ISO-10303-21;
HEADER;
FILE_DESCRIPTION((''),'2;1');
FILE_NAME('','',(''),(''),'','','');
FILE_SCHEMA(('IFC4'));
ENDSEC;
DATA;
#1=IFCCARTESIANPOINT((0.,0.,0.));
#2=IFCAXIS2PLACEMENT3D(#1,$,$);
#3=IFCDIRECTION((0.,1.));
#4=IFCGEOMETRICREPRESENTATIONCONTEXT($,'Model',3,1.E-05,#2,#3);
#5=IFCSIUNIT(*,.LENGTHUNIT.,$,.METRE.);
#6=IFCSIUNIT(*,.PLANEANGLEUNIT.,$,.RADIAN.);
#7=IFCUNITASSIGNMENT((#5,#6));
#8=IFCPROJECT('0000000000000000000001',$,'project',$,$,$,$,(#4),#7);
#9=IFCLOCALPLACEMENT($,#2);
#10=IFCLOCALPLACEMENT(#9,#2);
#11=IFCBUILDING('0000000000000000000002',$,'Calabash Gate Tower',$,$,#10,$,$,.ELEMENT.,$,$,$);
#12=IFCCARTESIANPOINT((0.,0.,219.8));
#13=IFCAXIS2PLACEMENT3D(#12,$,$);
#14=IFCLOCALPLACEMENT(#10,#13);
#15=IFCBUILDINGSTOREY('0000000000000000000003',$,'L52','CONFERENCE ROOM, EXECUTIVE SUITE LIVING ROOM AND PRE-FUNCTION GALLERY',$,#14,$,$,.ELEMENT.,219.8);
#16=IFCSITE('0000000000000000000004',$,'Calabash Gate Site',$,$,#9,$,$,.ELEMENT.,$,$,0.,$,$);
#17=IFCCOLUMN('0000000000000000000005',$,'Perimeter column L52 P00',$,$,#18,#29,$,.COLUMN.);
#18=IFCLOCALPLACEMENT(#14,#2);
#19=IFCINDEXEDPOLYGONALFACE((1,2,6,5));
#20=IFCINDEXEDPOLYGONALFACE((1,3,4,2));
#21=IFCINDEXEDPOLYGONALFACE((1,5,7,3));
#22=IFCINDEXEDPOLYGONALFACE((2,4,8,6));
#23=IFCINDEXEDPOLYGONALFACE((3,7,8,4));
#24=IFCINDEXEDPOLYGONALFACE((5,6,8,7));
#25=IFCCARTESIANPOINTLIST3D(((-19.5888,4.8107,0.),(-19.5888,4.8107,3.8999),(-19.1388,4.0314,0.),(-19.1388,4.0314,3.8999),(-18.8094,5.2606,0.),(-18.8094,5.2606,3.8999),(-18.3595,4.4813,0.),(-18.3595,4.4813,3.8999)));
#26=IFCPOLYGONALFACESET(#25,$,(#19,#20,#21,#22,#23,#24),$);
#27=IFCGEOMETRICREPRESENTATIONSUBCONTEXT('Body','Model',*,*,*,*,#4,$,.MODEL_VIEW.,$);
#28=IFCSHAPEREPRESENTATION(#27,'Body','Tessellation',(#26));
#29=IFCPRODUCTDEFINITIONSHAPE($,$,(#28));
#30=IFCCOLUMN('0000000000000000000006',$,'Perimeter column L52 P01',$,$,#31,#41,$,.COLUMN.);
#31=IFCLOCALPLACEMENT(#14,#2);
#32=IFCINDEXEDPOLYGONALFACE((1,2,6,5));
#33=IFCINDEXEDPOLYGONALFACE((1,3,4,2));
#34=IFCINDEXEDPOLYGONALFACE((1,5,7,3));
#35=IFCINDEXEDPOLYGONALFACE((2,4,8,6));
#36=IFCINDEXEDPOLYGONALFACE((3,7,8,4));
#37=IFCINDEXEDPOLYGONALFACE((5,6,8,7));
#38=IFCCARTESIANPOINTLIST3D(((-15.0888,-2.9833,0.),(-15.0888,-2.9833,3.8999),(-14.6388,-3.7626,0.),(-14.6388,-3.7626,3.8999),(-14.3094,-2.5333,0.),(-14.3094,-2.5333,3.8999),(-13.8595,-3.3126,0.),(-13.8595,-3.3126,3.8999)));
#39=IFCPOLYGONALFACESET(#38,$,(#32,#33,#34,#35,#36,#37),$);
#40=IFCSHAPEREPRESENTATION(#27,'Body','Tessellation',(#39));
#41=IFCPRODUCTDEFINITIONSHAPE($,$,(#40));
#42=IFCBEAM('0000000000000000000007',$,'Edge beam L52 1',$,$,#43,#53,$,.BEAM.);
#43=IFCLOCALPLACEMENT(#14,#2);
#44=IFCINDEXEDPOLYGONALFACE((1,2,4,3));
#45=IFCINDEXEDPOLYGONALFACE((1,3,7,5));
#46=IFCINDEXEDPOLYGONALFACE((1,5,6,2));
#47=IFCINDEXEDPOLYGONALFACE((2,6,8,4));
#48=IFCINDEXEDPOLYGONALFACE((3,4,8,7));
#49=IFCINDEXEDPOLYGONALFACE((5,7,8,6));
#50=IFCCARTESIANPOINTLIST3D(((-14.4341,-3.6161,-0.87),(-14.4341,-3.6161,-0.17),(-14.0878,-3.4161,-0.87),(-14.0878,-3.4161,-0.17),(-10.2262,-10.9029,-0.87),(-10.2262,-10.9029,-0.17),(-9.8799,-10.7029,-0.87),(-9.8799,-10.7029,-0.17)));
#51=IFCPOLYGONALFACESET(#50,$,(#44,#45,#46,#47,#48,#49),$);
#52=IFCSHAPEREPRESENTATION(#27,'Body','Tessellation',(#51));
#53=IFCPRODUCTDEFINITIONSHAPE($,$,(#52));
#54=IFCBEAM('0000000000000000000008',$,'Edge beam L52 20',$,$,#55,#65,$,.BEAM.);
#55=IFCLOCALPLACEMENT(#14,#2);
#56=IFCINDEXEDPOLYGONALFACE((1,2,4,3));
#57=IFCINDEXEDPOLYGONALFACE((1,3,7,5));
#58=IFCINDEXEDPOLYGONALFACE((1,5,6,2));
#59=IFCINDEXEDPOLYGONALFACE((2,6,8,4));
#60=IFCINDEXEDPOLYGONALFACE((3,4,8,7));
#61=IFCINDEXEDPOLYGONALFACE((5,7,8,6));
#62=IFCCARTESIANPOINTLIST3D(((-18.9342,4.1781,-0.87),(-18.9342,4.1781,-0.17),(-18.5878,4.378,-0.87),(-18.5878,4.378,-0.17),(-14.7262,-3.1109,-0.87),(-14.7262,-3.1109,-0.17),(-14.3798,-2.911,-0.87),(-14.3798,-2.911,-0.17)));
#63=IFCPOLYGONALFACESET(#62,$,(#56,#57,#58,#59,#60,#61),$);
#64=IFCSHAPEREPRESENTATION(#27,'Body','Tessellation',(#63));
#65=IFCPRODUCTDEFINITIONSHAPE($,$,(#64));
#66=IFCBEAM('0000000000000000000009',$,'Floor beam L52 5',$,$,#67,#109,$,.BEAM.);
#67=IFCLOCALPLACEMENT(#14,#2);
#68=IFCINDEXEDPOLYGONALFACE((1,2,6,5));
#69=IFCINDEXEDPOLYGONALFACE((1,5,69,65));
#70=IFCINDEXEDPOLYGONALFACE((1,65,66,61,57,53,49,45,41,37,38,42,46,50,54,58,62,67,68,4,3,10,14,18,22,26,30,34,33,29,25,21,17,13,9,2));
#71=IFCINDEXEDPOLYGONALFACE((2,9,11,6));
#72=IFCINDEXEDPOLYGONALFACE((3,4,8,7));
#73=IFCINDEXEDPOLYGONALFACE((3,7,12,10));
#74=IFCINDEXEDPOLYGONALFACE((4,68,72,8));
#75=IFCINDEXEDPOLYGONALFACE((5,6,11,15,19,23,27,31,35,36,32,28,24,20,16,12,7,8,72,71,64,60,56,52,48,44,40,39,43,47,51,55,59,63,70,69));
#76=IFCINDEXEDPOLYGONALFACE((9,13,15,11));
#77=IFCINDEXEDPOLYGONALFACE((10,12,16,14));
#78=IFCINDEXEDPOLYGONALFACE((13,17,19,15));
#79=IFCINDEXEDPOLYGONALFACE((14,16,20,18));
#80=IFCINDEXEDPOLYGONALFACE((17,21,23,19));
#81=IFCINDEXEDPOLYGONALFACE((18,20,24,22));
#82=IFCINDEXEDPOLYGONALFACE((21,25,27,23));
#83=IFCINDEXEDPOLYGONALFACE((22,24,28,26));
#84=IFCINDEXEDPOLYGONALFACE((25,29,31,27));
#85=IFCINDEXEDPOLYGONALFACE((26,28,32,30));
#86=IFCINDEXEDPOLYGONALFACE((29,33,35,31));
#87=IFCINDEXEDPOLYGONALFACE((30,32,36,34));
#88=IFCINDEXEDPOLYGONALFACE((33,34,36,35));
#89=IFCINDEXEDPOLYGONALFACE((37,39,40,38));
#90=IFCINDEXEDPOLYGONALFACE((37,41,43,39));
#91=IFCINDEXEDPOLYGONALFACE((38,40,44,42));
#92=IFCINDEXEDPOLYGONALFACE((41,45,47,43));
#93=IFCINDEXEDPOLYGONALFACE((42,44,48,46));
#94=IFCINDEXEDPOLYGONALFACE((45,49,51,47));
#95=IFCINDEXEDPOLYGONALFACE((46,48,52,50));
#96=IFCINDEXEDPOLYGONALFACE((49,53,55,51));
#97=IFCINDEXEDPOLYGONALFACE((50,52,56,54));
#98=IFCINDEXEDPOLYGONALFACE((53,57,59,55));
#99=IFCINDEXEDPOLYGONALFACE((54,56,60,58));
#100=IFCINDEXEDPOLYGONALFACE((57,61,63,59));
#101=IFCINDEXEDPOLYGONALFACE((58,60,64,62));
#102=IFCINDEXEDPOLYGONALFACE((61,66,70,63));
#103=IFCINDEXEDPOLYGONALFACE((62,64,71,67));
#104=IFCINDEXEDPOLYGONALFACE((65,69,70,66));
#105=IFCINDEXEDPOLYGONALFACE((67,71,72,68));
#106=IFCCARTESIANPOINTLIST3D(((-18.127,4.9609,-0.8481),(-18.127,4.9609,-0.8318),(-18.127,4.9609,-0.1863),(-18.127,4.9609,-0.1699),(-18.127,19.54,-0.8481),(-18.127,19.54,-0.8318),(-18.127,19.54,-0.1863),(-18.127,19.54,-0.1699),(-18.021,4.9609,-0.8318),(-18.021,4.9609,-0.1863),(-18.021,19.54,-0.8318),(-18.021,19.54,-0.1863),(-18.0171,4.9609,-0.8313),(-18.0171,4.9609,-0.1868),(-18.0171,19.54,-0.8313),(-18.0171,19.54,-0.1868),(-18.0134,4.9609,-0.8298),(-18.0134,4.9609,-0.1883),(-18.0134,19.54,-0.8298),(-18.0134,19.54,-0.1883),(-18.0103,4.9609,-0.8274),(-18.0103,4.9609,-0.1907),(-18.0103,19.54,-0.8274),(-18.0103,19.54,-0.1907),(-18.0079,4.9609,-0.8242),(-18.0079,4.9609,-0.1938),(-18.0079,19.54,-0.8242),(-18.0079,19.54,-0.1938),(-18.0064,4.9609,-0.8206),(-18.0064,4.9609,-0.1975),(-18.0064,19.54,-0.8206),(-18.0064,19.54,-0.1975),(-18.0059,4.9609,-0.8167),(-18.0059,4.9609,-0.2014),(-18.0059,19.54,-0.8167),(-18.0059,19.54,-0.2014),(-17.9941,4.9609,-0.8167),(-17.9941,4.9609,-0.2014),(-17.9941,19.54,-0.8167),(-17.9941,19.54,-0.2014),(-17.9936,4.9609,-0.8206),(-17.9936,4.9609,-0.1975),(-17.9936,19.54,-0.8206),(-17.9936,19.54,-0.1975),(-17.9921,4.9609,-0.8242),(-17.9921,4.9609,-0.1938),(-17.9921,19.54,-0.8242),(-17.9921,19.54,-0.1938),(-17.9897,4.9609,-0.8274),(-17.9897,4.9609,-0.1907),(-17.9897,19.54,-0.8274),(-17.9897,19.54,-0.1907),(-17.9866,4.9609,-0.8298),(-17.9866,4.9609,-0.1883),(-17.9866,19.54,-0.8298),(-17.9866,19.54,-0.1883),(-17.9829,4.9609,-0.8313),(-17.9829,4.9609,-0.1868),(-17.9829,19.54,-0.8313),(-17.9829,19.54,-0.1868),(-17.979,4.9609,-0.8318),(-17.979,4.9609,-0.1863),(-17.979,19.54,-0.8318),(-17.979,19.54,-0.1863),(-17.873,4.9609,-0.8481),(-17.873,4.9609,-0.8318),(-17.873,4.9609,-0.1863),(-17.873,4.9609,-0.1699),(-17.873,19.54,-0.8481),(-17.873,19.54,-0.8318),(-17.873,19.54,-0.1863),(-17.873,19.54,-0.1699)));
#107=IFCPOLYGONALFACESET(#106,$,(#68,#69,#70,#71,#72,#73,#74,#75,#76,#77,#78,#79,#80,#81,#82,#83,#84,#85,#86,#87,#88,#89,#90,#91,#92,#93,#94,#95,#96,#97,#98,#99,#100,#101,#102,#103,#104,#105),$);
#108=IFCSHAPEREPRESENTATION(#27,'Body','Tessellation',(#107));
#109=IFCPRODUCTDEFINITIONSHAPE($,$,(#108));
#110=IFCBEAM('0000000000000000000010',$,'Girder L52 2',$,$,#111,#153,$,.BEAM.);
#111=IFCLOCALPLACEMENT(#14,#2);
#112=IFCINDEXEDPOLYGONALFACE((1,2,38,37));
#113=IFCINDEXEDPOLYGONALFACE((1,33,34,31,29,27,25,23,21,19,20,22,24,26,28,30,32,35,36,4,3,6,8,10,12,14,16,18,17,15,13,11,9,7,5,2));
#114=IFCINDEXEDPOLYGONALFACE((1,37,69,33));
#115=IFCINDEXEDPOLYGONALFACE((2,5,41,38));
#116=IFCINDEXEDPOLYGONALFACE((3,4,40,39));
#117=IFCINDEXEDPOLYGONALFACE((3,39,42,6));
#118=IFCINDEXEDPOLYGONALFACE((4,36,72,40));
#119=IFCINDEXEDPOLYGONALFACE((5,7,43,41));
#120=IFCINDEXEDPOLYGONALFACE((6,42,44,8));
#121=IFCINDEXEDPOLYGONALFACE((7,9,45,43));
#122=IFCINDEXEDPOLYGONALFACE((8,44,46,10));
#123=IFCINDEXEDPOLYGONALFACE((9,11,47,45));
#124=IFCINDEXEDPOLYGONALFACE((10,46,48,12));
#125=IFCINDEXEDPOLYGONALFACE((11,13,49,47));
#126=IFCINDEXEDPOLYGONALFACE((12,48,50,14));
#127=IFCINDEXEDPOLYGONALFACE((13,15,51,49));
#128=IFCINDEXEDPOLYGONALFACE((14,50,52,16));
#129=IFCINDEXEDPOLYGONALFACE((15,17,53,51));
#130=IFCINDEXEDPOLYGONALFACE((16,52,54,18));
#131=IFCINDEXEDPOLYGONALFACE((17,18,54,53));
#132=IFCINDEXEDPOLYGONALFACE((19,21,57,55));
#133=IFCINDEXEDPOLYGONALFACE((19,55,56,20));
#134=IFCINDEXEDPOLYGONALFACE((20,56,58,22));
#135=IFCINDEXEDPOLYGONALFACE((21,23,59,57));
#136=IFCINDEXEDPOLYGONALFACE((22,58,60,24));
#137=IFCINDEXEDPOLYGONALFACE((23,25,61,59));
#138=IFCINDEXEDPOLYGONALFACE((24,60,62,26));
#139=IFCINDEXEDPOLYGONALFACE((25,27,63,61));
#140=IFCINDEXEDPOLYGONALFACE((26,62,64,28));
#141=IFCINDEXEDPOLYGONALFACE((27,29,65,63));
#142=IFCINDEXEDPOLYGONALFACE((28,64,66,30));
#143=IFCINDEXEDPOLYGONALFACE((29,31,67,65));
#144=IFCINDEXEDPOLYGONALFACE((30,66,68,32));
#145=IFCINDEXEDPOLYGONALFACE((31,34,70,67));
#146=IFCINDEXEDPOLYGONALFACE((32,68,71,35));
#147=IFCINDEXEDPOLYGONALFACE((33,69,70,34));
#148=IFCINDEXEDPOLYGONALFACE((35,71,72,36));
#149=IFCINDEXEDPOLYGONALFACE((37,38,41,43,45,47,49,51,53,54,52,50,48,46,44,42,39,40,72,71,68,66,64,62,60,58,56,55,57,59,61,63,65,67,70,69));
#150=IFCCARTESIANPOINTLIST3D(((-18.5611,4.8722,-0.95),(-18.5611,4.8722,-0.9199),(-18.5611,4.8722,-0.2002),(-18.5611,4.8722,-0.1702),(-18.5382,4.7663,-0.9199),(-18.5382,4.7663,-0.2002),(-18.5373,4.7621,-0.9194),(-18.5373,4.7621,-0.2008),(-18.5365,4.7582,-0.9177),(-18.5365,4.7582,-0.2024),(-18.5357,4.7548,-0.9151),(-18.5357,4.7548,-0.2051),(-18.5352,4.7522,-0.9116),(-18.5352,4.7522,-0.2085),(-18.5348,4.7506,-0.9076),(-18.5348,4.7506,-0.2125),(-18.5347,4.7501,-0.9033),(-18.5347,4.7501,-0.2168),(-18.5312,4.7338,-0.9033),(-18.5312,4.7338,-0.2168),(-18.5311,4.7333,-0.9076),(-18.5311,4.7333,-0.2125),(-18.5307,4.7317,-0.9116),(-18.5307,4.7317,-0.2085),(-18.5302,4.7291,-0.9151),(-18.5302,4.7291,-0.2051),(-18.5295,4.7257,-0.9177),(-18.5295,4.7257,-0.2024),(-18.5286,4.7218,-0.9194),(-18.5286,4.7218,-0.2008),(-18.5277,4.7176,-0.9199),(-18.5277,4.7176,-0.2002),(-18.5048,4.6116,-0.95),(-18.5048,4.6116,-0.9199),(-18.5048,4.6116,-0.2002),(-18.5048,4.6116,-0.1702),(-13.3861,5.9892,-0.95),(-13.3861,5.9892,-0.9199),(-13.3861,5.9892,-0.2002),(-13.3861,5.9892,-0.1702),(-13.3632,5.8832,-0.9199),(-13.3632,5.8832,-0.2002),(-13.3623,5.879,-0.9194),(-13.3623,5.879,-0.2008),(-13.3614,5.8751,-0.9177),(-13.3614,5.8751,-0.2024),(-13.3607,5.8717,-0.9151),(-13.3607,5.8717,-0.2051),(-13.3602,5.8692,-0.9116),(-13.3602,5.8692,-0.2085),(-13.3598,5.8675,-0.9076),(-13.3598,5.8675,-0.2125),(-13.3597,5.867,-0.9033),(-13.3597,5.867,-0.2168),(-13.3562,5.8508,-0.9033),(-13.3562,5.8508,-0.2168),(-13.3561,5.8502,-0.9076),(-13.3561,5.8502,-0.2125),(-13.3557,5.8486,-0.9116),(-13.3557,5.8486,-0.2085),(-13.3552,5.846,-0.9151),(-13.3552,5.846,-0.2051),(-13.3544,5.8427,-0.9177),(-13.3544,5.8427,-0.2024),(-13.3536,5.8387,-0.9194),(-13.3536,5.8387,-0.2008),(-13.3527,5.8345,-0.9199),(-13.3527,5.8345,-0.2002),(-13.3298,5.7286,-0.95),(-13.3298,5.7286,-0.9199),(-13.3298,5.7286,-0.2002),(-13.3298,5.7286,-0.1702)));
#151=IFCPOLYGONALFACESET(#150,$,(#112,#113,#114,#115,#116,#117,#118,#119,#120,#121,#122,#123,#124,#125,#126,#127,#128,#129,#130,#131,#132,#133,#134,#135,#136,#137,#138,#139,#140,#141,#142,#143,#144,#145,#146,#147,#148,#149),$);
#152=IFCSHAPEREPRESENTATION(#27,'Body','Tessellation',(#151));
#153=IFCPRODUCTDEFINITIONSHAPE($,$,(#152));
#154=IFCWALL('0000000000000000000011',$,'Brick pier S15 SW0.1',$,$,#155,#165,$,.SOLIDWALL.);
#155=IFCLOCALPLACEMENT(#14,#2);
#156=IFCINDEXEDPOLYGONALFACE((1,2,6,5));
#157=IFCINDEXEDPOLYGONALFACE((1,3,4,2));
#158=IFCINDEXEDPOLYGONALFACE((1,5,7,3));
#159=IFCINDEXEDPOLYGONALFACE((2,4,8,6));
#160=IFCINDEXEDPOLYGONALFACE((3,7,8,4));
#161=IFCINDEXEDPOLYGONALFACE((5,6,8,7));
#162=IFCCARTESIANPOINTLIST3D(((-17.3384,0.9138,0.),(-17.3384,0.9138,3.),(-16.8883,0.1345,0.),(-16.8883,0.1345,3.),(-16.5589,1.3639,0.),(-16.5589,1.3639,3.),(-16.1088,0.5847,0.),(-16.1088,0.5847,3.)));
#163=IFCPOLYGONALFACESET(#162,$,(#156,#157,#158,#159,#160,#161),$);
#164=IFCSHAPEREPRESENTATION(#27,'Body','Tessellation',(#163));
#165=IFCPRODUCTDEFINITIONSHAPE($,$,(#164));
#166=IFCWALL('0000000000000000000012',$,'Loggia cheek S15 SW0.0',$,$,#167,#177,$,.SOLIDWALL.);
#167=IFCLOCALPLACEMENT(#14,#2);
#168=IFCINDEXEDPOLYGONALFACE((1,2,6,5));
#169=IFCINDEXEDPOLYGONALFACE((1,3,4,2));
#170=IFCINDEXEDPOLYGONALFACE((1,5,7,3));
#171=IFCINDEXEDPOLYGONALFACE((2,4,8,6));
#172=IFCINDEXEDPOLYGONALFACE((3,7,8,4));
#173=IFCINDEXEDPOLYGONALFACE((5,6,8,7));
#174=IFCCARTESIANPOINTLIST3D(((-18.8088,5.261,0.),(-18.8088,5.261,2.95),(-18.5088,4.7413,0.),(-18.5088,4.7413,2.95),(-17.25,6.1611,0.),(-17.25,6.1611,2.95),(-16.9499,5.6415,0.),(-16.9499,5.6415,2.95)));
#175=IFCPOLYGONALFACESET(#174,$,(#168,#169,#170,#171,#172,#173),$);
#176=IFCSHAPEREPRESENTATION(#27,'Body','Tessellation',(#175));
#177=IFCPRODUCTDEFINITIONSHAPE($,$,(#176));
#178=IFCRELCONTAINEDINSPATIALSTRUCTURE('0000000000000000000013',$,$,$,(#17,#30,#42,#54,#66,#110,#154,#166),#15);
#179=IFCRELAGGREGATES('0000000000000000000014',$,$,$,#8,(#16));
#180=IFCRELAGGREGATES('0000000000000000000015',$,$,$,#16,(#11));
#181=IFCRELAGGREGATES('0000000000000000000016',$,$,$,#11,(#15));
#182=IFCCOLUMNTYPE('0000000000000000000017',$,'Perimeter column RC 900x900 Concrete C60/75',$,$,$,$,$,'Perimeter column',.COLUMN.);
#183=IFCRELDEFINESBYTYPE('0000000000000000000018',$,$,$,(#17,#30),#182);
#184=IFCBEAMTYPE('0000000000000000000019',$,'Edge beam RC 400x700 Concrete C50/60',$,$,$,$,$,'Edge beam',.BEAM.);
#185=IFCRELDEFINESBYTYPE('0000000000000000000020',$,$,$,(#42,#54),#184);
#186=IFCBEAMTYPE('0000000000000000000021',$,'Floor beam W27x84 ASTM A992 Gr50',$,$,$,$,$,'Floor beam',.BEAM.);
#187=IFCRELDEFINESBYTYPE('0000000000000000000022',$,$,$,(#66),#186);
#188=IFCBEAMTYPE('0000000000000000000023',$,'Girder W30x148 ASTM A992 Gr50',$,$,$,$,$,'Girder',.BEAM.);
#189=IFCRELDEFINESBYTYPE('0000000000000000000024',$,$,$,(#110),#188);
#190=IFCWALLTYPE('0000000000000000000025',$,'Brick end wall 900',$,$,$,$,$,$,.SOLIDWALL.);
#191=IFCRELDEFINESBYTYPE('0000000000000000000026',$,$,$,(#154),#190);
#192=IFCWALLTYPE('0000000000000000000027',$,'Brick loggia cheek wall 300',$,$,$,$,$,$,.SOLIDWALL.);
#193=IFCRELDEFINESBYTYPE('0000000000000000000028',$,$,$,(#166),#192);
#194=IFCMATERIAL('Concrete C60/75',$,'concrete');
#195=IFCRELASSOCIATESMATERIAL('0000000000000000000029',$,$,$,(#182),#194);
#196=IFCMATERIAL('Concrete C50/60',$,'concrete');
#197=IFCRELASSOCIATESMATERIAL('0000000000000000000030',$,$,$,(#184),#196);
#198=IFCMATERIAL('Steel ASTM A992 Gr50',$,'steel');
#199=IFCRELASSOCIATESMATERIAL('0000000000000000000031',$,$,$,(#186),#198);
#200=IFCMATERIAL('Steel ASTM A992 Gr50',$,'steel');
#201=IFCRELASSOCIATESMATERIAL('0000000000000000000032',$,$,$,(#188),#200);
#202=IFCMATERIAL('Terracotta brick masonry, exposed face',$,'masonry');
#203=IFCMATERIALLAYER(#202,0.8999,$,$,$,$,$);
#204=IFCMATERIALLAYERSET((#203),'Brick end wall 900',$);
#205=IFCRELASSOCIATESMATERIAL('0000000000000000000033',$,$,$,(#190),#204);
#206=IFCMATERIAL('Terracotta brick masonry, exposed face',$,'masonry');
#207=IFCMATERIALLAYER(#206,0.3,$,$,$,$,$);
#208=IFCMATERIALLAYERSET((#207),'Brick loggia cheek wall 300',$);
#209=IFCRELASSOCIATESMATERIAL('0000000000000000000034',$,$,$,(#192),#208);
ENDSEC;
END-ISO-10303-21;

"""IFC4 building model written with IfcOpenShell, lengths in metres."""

from ifc_helpers import new_model, si_unit, direction, frame, frame_2d, origin, origin_2d, place, context, subcontext, project, spatial, rectangle, i_section, extrude, material, layer, layer_set, material_profile, profile_set, type_object, element, save


model = new_model("IFC4")

# Units and contexts
model_context = context("Model", 3, precision=1e-05, world=origin(), true_north=direction((0.0, 1.0)))
body_context = subcontext(model_context, "Body", "Model", "MODEL_VIEW")
ifc_project = project(units=[si_unit("LENGTHUNIT", "METRE"), si_unit("PLANEANGLEUNIT", "RADIAN")], contexts=[model_context])

# Site, building, storey
site_placement = place(None, origin())
site = spatial("IfcSite", under=ifc_project, at=site_placement, Name="Calabash Gate Site", CompositionType="ELEMENT", RefElevation=0.0)
building_placement = place(site_placement, origin())
building = spatial("IfcBuilding", under=site, at=building_placement, Name="Calabash Gate Tower", CompositionType="ELEMENT")
storey_placement = place(building_placement, frame((0.0, 0.0, 219.8)))
storey = spatial("IfcBuildingStorey", under=building, at=storey_placement, Name="L52", Description="CONFERENCE ROOM, EXECUTIVE SUITE LIVING ROOM AND PRE-FUNCTION GALLERY", CompositionType="ELEMENT", Elevation=219.8)

# Columns
ifc_material_1 = material(Name="Concrete C60/75", Category="concrete")
ifc_material_profile_1 = material_profile(ifc_material_1, rectangle(XDim=0.8999, YDim=0.8999, at=origin_2d()))
ifc_profile_set_1 = profile_set([ifc_material_profile_1], Name="Concrete C60/75")
column_type = type_object("IfcColumnType", Name="Perimeter column RC 900x900 Concrete C60/75", ElementType="Perimeter column", PredefinedType="COLUMN", material=ifc_profile_set_1)
for number, where, z_axis, x_axis, name in (
    (1, (-18.9741, 4.646, 0.0), (0.0, 0.0, 1.0), (0.5, -0.866025, 0.0), "Perimeter column L52 P00"),
    (2, (-14.4741, -3.1479, 0.0), (0.0, 0.0, 1.0), (0.5, -0.866025, 0.0), "Perimeter column L52 P01"),
):
    element("IfcColumn", number, at=place(storey_placement, frame(where, z_axis=z_axis, x_axis=x_axis)), inside=storey, type_object=column_type, Name=name, PredefinedType="COLUMN", context=body_context, shape_type="SweptSolid", body=[
        extrude(rectangle(XDim=0.8999, YDim=0.8999, at=origin_2d()), origin(), (0.0, 0.0, 1.0), 3.8999),
    ])

# Beams
ifc_material_2 = material(Name="Concrete C50/60", Category="concrete")
ifc_material_profile_2 = material_profile(ifc_material_2, rectangle(XDim=0.3999, YDim=0.7, at=origin_2d()))
ifc_profile_set_2 = profile_set([ifc_material_profile_2], Name="Concrete C50/60")
beam_type_1 = type_object("IfcBeamType", Name="Edge beam RC 400x700 Concrete C50/60", ElementType="Edge beam", PredefinedType="BEAM", material=ifc_profile_set_2)
beam_1_placement = place(storey_placement, frame((-14.261, -3.5161, -0.52), z_axis=(0.500083, -0.865977, 0.0), x_axis=(0.865977, 0.500083, 0.0)))
element("IfcBeam", 3, at=beam_1_placement, inside=storey, type_object=beam_type_1, Name="Edge beam L52 1", PredefinedType="BEAM", context=body_context, shape_type="SweptSolid", body=[
    extrude(rectangle(XDim=0.3999, YDim=0.7, at=origin_2d()), origin(), (0.0, 0.0, 1.0), 8.4146),
])
beam_2_placement = place(storey_placement, frame((-18.761, 4.2781, -0.52), z_axis=(0.49997, -0.866043, 0.0), x_axis=(0.866043, 0.49997, 0.0)))
element("IfcBeam", 4, at=beam_2_placement, inside=storey, type_object=beam_type_1, Name="Edge beam L52 20", PredefinedType="BEAM", context=body_context, shape_type="SweptSolid", body=[
    extrude(rectangle(XDim=0.3999, YDim=0.7, at=origin_2d()), origin(), (0.0, 0.0, 1.0), 8.4165),
])
ifc_material_3 = material(Name="Steel ASTM A992 Gr50", Category="steel")
ifc_material_profile_3 = material_profile(ifc_material_3, i_section(OverallWidth=0.2539, OverallDepth=0.6782, WebThickness=0.0117, FlangeThickness=0.0164, FilletRadius=0.0151, at=origin_2d()))
ifc_profile_set_3 = profile_set([ifc_material_profile_3], Name="Steel ASTM A992 Gr50")
beam_type_2 = type_object("IfcBeamType", Name="Floor beam W27x84 ASTM A992 Gr50", ElementType="Floor beam", PredefinedType="BEAM", material=ifc_profile_set_3)
beam_3_placement = place(storey_placement, frame((-18.0, 4.9609, -0.509), z_axis=(0.0, 1.0, 0.0), x_axis=(-1.0, 0.0, 0.0)))
element("IfcBeam", 5, at=beam_3_placement, inside=storey, type_object=beam_type_2, Name="Floor beam L52 5", PredefinedType="BEAM", context=body_context, shape_type="SweptSolid", body=[
    extrude(i_section(OverallWidth=0.2539, OverallDepth=0.6782, WebThickness=0.0117, FlangeThickness=0.0164, FilletRadius=0.0151, at=origin_2d()), origin(), (0.0, 0.0, 1.0), 14.5791),
])
ifc_material_4 = material(Name="Steel ASTM A992 Gr50", Category="steel")
ifc_material_profile_4 = material_profile(ifc_material_4, i_section(OverallWidth=0.2666, OverallDepth=0.7798, WebThickness=0.0166, FlangeThickness=0.03, FilletRadius=0.0166, at=origin_2d()))
ifc_profile_set_4 = profile_set([ifc_material_profile_4], Name="Steel ASTM A992 Gr50")
beam_type_3 = type_object("IfcBeamType", Name="Girder W30x148 ASTM A992 Gr50", ElementType="Girder", PredefinedType="BEAM", material=ifc_profile_set_4)
beam_4_placement = place(storey_placement, frame((-18.533, 4.7419, -0.5601), z_axis=(0.977492, 0.210974, 0.0), x_axis=(-0.210974, 0.977492, 0.0)))
element("IfcBeam", 6, at=beam_4_placement, inside=storey, type_object=beam_type_3, Name="Girder L52 2", PredefinedType="BEAM", context=body_context, shape_type="SweptSolid", body=[
    extrude(i_section(OverallWidth=0.2666, OverallDepth=0.7798, WebThickness=0.0166, FlangeThickness=0.03, FilletRadius=0.0166, at=origin_2d()), origin(), (0.0, 0.0, 1.0), 5.2942),
])

# Walls
ifc_material_5 = material(Name="Terracotta brick masonry, exposed face", Category="masonry")
ifc_layer_1 = layer(ifc_material_5, 0.8999)
ifc_layer_set_1 = layer_set([ifc_layer_1], Name="Brick end wall 900")
wall_type_1 = type_object("IfcWallType", Name="Brick end wall 900", PredefinedType="SOLIDWALL", material=ifc_layer_set_1)
wall_1_placement = place(storey_placement, frame((-16.3337, 0.9744, 0.0), z_axis=(0.0, 0.0, 1.0), x_axis=(-0.865964, -0.500106, 0.0)))
element("IfcWall", 7, at=wall_1_placement, inside=storey, type_object=wall_type_1, Name="Brick pier S15 SW0.1", PredefinedType="SOLIDWALL", context=body_context, shape_type="SweptSolid", body=[
    extrude(rectangle(XDim=0.9001, YDim=0.8999, at=frame_2d((0.4502, 0.0))), origin(), (0.0, 0.0, 1.0), 3.0),
])
ifc_material_6 = material(Name="Terracotta brick masonry, exposed face", Category="masonry")
ifc_layer_2 = layer(ifc_material_6, 0.3)
ifc_layer_set_2 = layer_set([ifc_layer_2], Name="Brick loggia cheek wall 300")
wall_type_2 = type_object("IfcWallType", Name="Brick loggia cheek wall 300", PredefinedType="SOLIDWALL", material=ifc_layer_set_2)
wall_2_placement = place(storey_placement, frame((-18.6587, 5.0012, 0.0), z_axis=(0.0, 0.0, 1.0), x_axis=(0.865989, 0.500063, 0.0)))
element("IfcWall", 8, at=wall_2_placement, inside=storey, type_object=wall_type_2, Name="Loggia cheek S15 SW0.0", PredefinedType="SOLIDWALL", context=body_context, shape_type="SweptSolid", body=[
    extrude(rectangle(XDim=1.8, YDim=0.6001, at=frame_2d((0.8999, 0.0))), origin(), (0.0, 0.0, 1.0), 2.95),
])

save(model, "model.ifc")
